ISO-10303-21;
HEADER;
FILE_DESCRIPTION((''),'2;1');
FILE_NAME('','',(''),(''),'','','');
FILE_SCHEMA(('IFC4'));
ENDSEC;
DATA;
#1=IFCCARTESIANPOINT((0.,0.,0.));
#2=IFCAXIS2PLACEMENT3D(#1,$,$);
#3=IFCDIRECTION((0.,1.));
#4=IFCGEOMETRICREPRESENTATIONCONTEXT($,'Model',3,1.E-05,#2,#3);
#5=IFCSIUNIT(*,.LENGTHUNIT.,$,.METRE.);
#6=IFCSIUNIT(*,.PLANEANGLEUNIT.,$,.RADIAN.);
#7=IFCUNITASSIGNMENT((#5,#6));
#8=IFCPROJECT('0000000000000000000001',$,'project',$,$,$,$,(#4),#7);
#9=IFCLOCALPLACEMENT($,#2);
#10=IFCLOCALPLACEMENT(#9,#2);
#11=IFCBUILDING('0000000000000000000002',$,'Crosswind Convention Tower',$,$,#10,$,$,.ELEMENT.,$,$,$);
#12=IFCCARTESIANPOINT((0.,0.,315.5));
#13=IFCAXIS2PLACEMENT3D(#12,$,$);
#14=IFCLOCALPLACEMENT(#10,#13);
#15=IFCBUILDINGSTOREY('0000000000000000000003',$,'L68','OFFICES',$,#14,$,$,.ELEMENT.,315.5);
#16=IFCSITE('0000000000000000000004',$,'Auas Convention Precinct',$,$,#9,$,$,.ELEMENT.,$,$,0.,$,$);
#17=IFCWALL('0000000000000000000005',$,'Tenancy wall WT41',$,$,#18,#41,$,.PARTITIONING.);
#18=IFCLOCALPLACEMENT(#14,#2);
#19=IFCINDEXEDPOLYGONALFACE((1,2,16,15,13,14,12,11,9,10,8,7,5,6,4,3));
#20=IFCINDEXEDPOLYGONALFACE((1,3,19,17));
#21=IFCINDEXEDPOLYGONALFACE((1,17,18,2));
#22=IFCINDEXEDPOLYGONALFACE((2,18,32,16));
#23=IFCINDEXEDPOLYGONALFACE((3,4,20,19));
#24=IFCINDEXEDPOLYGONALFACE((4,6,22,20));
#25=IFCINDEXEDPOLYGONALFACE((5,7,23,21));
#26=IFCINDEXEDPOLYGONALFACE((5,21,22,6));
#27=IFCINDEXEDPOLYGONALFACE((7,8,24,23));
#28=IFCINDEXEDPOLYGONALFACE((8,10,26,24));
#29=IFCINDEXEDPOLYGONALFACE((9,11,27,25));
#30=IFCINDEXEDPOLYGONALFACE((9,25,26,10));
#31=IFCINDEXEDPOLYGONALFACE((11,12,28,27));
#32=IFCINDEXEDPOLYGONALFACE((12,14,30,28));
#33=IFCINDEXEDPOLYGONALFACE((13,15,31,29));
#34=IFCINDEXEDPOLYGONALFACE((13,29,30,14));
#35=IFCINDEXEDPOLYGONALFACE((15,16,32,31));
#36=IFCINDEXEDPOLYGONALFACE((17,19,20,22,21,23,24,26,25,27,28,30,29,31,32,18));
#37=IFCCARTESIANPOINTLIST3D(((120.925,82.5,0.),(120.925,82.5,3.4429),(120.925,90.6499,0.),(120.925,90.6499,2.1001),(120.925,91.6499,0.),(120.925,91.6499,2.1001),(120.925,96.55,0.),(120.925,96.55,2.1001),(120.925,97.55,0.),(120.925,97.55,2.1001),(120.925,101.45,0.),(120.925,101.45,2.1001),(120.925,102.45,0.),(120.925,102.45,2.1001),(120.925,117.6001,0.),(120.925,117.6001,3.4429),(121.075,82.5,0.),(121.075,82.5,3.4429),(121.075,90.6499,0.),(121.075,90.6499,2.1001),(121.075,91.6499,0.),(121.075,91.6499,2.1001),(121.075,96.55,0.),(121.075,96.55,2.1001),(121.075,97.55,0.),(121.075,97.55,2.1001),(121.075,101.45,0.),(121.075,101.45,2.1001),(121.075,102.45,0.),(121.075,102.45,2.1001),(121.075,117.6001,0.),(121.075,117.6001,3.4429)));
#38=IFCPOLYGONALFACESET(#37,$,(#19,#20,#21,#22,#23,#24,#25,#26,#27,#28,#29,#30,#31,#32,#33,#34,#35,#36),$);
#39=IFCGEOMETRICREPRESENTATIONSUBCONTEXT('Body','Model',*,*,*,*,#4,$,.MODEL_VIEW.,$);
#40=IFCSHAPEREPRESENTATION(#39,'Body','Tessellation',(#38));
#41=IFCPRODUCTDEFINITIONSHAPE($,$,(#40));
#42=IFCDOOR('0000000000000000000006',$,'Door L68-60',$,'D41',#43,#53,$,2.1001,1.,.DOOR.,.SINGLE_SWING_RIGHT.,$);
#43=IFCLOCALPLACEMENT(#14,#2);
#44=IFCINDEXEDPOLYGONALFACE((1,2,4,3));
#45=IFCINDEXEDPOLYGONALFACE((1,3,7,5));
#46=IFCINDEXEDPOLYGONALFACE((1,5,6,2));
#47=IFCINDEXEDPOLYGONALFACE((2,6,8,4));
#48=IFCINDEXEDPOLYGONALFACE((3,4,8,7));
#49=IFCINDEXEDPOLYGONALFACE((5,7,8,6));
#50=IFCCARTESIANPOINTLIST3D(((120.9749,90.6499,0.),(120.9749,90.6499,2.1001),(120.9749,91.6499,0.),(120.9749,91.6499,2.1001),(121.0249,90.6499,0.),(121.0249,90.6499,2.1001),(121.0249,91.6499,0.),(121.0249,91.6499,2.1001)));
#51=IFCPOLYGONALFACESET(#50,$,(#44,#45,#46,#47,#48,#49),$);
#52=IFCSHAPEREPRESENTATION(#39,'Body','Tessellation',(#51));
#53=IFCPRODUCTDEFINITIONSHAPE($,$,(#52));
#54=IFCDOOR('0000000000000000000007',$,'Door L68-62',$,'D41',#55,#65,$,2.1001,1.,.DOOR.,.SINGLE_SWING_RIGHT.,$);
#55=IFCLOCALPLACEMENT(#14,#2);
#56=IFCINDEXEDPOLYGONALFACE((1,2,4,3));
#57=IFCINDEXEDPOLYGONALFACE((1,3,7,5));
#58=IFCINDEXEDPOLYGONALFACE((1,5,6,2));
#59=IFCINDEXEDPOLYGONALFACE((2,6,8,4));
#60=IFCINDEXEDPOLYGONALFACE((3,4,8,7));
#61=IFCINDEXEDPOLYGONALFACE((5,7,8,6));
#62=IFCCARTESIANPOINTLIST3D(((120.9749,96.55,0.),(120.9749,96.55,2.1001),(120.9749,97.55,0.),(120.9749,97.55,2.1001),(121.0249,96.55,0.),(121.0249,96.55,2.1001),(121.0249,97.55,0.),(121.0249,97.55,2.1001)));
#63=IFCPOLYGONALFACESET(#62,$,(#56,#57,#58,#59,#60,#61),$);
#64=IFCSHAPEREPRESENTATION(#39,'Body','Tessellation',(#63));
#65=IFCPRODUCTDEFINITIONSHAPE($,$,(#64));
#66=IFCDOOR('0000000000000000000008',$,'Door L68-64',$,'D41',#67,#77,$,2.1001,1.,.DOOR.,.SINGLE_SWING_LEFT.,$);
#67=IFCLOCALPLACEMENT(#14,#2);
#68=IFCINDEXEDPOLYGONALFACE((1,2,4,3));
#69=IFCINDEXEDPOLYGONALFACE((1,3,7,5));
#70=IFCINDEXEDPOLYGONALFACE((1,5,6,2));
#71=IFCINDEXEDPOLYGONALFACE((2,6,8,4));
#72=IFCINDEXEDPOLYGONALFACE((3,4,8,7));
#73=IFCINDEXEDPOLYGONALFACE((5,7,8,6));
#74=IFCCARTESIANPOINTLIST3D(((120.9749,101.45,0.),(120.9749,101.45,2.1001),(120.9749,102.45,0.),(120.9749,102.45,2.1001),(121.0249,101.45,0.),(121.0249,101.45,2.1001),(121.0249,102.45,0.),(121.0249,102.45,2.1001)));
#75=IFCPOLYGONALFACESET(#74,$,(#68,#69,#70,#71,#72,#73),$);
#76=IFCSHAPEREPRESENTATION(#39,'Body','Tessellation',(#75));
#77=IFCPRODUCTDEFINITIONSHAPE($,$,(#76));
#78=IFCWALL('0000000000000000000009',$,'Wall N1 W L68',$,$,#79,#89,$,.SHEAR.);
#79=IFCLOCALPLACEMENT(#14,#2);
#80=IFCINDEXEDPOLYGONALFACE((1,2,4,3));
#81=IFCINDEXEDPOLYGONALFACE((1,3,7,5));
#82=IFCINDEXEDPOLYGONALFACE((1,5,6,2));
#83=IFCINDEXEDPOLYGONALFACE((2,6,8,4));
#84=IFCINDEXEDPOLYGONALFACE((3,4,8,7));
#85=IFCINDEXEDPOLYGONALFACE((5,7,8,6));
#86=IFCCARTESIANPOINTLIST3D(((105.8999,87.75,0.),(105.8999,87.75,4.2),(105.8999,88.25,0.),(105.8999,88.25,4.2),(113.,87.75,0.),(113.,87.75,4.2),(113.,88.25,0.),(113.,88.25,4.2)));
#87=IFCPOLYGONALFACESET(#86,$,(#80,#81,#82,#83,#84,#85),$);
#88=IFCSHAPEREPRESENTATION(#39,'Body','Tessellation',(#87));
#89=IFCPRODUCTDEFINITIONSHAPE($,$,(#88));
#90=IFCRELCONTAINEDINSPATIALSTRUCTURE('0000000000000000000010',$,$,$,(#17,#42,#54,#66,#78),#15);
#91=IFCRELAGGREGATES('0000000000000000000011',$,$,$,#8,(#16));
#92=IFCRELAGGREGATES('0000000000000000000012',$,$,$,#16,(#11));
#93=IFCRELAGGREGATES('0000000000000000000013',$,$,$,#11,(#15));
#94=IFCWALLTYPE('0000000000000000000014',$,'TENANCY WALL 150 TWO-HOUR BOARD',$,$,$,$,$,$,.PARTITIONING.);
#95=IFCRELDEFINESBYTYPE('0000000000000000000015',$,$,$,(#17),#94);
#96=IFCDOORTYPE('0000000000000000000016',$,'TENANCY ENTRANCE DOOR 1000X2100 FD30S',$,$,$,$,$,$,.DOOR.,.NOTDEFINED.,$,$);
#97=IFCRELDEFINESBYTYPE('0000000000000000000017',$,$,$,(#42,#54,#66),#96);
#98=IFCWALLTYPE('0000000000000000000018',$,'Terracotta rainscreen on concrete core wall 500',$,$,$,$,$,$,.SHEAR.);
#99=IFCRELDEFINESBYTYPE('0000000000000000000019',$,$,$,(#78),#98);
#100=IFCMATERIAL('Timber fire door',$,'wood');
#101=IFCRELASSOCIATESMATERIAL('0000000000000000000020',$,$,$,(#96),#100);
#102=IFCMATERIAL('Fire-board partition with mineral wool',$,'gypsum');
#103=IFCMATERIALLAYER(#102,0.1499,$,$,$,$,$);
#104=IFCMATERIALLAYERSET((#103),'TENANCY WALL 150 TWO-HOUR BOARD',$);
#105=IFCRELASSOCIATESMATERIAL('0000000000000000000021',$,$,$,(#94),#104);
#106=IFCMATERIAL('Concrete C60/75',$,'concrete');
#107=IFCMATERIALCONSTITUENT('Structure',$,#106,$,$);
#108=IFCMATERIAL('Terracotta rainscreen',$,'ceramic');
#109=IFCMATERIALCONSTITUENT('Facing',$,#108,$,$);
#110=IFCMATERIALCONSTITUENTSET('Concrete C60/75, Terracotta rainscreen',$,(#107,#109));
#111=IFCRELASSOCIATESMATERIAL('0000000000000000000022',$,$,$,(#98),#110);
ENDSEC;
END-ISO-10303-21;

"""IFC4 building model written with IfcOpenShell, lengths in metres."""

from ifc_helpers import new_model, si_unit, direction, frame, frame_2d, origin, place, context, subcontext, project, spatial, rectangle, extrude, material, layer, layer_set, constituent, constituent_set, type_object, element, fill, save


model = new_model("IFC4")

# Units and contexts
model_context = context("Model", 3, precision=1e-05, world=origin(), true_north=direction((0.0, 1.0)))
body_context = subcontext(model_context, "Body", "Model", "MODEL_VIEW")
ifc_project = project(units=[si_unit("LENGTHUNIT", "METRE"), si_unit("PLANEANGLEUNIT", "RADIAN")], contexts=[model_context])

# Site, building, storey
site_placement = place(None, origin())
site = spatial("IfcSite", under=ifc_project, at=site_placement, Name="Auas Convention Precinct", CompositionType="ELEMENT", RefElevation=0.0)
building_placement = place(site_placement, origin())
building = spatial("IfcBuilding", under=site, at=building_placement, Name="Crosswind Convention Tower", CompositionType="ELEMENT")
storey_placement = place(building_placement, frame((0.0, 0.0, 315.5)))
storey = spatial("IfcBuildingStorey", under=building, at=storey_placement, Name="L68", Description="OFFICES", CompositionType="ELEMENT", Elevation=315.5)

# Shared definitions
ifc_material_1 = material(Name="Concrete C60/75", Category="concrete")

# Shared definitions
ifc_material_2 = material(Name="Timber fire door", Category="wood")
door_type_1 = type_object("IfcDoorType", Name="TENANCY ENTRANCE DOOR 1000X2100 FD30S", OperationType="NOTDEFINED", PredefinedType="DOOR", material=ifc_material_2)

# Wall, openings, doors
ifc_material_3 = material(Name="Fire-board partition with mineral wool", Category="gypsum")
ifc_layer_1 = layer(ifc_material_3, 0.1499)
ifc_layer_set_1 = layer_set([ifc_layer_1], Name="TENANCY WALL 150 TWO-HOUR BOARD")
wall_type_1 = type_object("IfcWallType", Name="TENANCY WALL 150 TWO-HOUR BOARD", PredefinedType="PARTITIONING", material=ifc_layer_set_1)
wall_1_placement = place(storey_placement, frame((121.0, 82.5, 0.0), z_axis=(0.0, 0.0, 1.0), x_axis=(0.0, 1.0, 0.0)))
wall_1 = element("IfcWall", 1, at=wall_1_placement, inside=storey, type_object=wall_type_1, Name="Tenancy wall WT41", PredefinedType="PARTITIONING", context=body_context, shape_type="SweptSolid", body=[
    extrude(rectangle(XDim=35.1001, YDim=0.1499, at=frame_2d((17.55, 0.0))), origin(), (0.0, 0.0, 1.0), 3.4429),
])
opening_1_placement = place(wall_1_placement, frame((8.1499, 0.0, 0.0)))
opening_1 = element("IfcOpeningElement", 2, at=opening_1_placement, cuts=wall_1, PredefinedType="OPENING", context=body_context, shape_type="SweptSolid", body=[
    extrude(rectangle(XDim=1.0, YDim=2.1001, at=frame_2d((0.5, 1.05))), frame((0.0, 0.085, 0.0), z_axis=(0.0, -1.0, 0.0), x_axis=(1.0, 0.0, 0.0)), (0.0, 0.0, 1.0), 0.1699),
])
opening_2_placement = place(wall_1_placement, frame((14.05, 0.0, 0.0)))
opening_2 = element("IfcOpeningElement", 3, at=opening_2_placement, cuts=wall_1, PredefinedType="OPENING", context=body_context, shape_type="SweptSolid", body=[
    extrude(rectangle(XDim=1.0, YDim=2.1001, at=frame_2d((0.5, 1.05))), frame((0.0, 0.085, 0.0), z_axis=(0.0, -1.0, 0.0), x_axis=(1.0, 0.0, 0.0)), (0.0, 0.0, 1.0), 0.1699),
])
opening_3_placement = place(wall_1_placement, frame((18.95, 0.0, 0.0)))
opening_3 = element("IfcOpeningElement", 4, at=opening_3_placement, cuts=wall_1, PredefinedType="OPENING", context=body_context, shape_type="SweptSolid", body=[
    extrude(rectangle(XDim=1.0, YDim=2.1001, at=frame_2d((0.5, 1.05))), frame((0.0, 0.085, 0.0), z_axis=(0.0, -1.0, 0.0), x_axis=(1.0, 0.0, 0.0)), (0.0, 0.0, 1.0), 0.1699),
])
door_1_placement = place(opening_1_placement, frame((1.0, 0.0, 0.0), z_axis=(0.0, 0.0, 1.0), x_axis=(-1.0, 0.0, 0.0)))
door_1 = element("IfcDoor", 5, at=door_1_placement, inside=storey, type_object=door_type_1, Name="Door L68-60", ObjectType="D41", OperationType="SINGLE_SWING_RIGHT", OverallHeight=2.1001, OverallWidth=1.0, PredefinedType="DOOR", context=body_context, shape_type="SweptSolid", body=[
    extrude(rectangle(XDim=1.0, YDim=2.1001, at=frame_2d((0.5, 1.05))), frame((0.0, 0.0249, 0.0), z_axis=(0.0, -1.0, 0.0), x_axis=(1.0, 0.0, 0.0)), (0.0, 0.0, 1.0), 0.05),
])
fill(opening_1, door_1)
door_2_placement = place(opening_2_placement, frame((1.0, 0.0, 0.0), z_axis=(0.0, 0.0, 1.0), x_axis=(-1.0, 0.0, 0.0)))
door_2 = element("IfcDoor", 6, at=door_2_placement, inside=storey, type_object=door_type_1, Name="Door L68-62", ObjectType="D41", OperationType="SINGLE_SWING_RIGHT", OverallHeight=2.1001, OverallWidth=1.0, PredefinedType="DOOR", context=body_context, shape_type="SweptSolid", body=[
    extrude(rectangle(XDim=1.0, YDim=2.1001, at=frame_2d((0.5, 1.05))), frame((0.0, 0.0249, 0.0), z_axis=(0.0, -1.0, 0.0), x_axis=(1.0, 0.0, 0.0)), (0.0, 0.0, 1.0), 0.05),
])
fill(opening_2, door_2)
door_3_placement = place(opening_3_placement, frame((1.0, 0.0, 0.0), z_axis=(0.0, 0.0, 1.0), x_axis=(-1.0, 0.0, 0.0)))
door_3 = element("IfcDoor", 7, at=door_3_placement, inside=storey, type_object=door_type_1, Name="Door L68-64", ObjectType="D41", OperationType="SINGLE_SWING_LEFT", OverallHeight=2.1001, OverallWidth=1.0, PredefinedType="DOOR", context=body_context, shape_type="SweptSolid", body=[
    extrude(rectangle(XDim=1.0, YDim=2.1001, at=frame_2d((0.5, 1.05))), frame((0.0, 0.0249, 0.0), z_axis=(0.0, -1.0, 0.0), x_axis=(1.0, 0.0, 0.0)), (0.0, 0.0, 1.0), 0.05),
])
fill(opening_3, door_3)

# Wall
ifc_constituent_1 = constituent(ifc_material_1, Name="Structure")
ifc_material_4 = material(Name="Terracotta rainscreen", Category="ceramic")
ifc_constituent_2 = constituent(ifc_material_4, Name="Facing")
ifc_constituent_set = constituent_set(constituents=[ifc_constituent_1, ifc_constituent_2], Name="Concrete C60/75, Terracotta rainscreen")
wall_type_2 = type_object("IfcWallType", Name="Terracotta rainscreen on concrete core wall 500", PredefinedType="SHEAR", material=ifc_constituent_set)
wall_2_placement = place(storey_placement, frame((113.0, 88.0, 0.0), z_axis=(0.0, 0.0, 1.0), x_axis=(-1.0, 0.0, 0.0)))
element("IfcWall", 8, at=wall_2_placement, inside=storey, type_object=wall_type_2, Name="Wall N1 W L68", PredefinedType="SHEAR", context=body_context, shape_type="SweptSolid", body=[
    extrude(rectangle(XDim=7.1001, YDim=0.5, at=frame_2d((3.55, 0.0))), origin(), (0.0, 0.0, 1.0), 4.2),
])

save(model, "model.ifc")
